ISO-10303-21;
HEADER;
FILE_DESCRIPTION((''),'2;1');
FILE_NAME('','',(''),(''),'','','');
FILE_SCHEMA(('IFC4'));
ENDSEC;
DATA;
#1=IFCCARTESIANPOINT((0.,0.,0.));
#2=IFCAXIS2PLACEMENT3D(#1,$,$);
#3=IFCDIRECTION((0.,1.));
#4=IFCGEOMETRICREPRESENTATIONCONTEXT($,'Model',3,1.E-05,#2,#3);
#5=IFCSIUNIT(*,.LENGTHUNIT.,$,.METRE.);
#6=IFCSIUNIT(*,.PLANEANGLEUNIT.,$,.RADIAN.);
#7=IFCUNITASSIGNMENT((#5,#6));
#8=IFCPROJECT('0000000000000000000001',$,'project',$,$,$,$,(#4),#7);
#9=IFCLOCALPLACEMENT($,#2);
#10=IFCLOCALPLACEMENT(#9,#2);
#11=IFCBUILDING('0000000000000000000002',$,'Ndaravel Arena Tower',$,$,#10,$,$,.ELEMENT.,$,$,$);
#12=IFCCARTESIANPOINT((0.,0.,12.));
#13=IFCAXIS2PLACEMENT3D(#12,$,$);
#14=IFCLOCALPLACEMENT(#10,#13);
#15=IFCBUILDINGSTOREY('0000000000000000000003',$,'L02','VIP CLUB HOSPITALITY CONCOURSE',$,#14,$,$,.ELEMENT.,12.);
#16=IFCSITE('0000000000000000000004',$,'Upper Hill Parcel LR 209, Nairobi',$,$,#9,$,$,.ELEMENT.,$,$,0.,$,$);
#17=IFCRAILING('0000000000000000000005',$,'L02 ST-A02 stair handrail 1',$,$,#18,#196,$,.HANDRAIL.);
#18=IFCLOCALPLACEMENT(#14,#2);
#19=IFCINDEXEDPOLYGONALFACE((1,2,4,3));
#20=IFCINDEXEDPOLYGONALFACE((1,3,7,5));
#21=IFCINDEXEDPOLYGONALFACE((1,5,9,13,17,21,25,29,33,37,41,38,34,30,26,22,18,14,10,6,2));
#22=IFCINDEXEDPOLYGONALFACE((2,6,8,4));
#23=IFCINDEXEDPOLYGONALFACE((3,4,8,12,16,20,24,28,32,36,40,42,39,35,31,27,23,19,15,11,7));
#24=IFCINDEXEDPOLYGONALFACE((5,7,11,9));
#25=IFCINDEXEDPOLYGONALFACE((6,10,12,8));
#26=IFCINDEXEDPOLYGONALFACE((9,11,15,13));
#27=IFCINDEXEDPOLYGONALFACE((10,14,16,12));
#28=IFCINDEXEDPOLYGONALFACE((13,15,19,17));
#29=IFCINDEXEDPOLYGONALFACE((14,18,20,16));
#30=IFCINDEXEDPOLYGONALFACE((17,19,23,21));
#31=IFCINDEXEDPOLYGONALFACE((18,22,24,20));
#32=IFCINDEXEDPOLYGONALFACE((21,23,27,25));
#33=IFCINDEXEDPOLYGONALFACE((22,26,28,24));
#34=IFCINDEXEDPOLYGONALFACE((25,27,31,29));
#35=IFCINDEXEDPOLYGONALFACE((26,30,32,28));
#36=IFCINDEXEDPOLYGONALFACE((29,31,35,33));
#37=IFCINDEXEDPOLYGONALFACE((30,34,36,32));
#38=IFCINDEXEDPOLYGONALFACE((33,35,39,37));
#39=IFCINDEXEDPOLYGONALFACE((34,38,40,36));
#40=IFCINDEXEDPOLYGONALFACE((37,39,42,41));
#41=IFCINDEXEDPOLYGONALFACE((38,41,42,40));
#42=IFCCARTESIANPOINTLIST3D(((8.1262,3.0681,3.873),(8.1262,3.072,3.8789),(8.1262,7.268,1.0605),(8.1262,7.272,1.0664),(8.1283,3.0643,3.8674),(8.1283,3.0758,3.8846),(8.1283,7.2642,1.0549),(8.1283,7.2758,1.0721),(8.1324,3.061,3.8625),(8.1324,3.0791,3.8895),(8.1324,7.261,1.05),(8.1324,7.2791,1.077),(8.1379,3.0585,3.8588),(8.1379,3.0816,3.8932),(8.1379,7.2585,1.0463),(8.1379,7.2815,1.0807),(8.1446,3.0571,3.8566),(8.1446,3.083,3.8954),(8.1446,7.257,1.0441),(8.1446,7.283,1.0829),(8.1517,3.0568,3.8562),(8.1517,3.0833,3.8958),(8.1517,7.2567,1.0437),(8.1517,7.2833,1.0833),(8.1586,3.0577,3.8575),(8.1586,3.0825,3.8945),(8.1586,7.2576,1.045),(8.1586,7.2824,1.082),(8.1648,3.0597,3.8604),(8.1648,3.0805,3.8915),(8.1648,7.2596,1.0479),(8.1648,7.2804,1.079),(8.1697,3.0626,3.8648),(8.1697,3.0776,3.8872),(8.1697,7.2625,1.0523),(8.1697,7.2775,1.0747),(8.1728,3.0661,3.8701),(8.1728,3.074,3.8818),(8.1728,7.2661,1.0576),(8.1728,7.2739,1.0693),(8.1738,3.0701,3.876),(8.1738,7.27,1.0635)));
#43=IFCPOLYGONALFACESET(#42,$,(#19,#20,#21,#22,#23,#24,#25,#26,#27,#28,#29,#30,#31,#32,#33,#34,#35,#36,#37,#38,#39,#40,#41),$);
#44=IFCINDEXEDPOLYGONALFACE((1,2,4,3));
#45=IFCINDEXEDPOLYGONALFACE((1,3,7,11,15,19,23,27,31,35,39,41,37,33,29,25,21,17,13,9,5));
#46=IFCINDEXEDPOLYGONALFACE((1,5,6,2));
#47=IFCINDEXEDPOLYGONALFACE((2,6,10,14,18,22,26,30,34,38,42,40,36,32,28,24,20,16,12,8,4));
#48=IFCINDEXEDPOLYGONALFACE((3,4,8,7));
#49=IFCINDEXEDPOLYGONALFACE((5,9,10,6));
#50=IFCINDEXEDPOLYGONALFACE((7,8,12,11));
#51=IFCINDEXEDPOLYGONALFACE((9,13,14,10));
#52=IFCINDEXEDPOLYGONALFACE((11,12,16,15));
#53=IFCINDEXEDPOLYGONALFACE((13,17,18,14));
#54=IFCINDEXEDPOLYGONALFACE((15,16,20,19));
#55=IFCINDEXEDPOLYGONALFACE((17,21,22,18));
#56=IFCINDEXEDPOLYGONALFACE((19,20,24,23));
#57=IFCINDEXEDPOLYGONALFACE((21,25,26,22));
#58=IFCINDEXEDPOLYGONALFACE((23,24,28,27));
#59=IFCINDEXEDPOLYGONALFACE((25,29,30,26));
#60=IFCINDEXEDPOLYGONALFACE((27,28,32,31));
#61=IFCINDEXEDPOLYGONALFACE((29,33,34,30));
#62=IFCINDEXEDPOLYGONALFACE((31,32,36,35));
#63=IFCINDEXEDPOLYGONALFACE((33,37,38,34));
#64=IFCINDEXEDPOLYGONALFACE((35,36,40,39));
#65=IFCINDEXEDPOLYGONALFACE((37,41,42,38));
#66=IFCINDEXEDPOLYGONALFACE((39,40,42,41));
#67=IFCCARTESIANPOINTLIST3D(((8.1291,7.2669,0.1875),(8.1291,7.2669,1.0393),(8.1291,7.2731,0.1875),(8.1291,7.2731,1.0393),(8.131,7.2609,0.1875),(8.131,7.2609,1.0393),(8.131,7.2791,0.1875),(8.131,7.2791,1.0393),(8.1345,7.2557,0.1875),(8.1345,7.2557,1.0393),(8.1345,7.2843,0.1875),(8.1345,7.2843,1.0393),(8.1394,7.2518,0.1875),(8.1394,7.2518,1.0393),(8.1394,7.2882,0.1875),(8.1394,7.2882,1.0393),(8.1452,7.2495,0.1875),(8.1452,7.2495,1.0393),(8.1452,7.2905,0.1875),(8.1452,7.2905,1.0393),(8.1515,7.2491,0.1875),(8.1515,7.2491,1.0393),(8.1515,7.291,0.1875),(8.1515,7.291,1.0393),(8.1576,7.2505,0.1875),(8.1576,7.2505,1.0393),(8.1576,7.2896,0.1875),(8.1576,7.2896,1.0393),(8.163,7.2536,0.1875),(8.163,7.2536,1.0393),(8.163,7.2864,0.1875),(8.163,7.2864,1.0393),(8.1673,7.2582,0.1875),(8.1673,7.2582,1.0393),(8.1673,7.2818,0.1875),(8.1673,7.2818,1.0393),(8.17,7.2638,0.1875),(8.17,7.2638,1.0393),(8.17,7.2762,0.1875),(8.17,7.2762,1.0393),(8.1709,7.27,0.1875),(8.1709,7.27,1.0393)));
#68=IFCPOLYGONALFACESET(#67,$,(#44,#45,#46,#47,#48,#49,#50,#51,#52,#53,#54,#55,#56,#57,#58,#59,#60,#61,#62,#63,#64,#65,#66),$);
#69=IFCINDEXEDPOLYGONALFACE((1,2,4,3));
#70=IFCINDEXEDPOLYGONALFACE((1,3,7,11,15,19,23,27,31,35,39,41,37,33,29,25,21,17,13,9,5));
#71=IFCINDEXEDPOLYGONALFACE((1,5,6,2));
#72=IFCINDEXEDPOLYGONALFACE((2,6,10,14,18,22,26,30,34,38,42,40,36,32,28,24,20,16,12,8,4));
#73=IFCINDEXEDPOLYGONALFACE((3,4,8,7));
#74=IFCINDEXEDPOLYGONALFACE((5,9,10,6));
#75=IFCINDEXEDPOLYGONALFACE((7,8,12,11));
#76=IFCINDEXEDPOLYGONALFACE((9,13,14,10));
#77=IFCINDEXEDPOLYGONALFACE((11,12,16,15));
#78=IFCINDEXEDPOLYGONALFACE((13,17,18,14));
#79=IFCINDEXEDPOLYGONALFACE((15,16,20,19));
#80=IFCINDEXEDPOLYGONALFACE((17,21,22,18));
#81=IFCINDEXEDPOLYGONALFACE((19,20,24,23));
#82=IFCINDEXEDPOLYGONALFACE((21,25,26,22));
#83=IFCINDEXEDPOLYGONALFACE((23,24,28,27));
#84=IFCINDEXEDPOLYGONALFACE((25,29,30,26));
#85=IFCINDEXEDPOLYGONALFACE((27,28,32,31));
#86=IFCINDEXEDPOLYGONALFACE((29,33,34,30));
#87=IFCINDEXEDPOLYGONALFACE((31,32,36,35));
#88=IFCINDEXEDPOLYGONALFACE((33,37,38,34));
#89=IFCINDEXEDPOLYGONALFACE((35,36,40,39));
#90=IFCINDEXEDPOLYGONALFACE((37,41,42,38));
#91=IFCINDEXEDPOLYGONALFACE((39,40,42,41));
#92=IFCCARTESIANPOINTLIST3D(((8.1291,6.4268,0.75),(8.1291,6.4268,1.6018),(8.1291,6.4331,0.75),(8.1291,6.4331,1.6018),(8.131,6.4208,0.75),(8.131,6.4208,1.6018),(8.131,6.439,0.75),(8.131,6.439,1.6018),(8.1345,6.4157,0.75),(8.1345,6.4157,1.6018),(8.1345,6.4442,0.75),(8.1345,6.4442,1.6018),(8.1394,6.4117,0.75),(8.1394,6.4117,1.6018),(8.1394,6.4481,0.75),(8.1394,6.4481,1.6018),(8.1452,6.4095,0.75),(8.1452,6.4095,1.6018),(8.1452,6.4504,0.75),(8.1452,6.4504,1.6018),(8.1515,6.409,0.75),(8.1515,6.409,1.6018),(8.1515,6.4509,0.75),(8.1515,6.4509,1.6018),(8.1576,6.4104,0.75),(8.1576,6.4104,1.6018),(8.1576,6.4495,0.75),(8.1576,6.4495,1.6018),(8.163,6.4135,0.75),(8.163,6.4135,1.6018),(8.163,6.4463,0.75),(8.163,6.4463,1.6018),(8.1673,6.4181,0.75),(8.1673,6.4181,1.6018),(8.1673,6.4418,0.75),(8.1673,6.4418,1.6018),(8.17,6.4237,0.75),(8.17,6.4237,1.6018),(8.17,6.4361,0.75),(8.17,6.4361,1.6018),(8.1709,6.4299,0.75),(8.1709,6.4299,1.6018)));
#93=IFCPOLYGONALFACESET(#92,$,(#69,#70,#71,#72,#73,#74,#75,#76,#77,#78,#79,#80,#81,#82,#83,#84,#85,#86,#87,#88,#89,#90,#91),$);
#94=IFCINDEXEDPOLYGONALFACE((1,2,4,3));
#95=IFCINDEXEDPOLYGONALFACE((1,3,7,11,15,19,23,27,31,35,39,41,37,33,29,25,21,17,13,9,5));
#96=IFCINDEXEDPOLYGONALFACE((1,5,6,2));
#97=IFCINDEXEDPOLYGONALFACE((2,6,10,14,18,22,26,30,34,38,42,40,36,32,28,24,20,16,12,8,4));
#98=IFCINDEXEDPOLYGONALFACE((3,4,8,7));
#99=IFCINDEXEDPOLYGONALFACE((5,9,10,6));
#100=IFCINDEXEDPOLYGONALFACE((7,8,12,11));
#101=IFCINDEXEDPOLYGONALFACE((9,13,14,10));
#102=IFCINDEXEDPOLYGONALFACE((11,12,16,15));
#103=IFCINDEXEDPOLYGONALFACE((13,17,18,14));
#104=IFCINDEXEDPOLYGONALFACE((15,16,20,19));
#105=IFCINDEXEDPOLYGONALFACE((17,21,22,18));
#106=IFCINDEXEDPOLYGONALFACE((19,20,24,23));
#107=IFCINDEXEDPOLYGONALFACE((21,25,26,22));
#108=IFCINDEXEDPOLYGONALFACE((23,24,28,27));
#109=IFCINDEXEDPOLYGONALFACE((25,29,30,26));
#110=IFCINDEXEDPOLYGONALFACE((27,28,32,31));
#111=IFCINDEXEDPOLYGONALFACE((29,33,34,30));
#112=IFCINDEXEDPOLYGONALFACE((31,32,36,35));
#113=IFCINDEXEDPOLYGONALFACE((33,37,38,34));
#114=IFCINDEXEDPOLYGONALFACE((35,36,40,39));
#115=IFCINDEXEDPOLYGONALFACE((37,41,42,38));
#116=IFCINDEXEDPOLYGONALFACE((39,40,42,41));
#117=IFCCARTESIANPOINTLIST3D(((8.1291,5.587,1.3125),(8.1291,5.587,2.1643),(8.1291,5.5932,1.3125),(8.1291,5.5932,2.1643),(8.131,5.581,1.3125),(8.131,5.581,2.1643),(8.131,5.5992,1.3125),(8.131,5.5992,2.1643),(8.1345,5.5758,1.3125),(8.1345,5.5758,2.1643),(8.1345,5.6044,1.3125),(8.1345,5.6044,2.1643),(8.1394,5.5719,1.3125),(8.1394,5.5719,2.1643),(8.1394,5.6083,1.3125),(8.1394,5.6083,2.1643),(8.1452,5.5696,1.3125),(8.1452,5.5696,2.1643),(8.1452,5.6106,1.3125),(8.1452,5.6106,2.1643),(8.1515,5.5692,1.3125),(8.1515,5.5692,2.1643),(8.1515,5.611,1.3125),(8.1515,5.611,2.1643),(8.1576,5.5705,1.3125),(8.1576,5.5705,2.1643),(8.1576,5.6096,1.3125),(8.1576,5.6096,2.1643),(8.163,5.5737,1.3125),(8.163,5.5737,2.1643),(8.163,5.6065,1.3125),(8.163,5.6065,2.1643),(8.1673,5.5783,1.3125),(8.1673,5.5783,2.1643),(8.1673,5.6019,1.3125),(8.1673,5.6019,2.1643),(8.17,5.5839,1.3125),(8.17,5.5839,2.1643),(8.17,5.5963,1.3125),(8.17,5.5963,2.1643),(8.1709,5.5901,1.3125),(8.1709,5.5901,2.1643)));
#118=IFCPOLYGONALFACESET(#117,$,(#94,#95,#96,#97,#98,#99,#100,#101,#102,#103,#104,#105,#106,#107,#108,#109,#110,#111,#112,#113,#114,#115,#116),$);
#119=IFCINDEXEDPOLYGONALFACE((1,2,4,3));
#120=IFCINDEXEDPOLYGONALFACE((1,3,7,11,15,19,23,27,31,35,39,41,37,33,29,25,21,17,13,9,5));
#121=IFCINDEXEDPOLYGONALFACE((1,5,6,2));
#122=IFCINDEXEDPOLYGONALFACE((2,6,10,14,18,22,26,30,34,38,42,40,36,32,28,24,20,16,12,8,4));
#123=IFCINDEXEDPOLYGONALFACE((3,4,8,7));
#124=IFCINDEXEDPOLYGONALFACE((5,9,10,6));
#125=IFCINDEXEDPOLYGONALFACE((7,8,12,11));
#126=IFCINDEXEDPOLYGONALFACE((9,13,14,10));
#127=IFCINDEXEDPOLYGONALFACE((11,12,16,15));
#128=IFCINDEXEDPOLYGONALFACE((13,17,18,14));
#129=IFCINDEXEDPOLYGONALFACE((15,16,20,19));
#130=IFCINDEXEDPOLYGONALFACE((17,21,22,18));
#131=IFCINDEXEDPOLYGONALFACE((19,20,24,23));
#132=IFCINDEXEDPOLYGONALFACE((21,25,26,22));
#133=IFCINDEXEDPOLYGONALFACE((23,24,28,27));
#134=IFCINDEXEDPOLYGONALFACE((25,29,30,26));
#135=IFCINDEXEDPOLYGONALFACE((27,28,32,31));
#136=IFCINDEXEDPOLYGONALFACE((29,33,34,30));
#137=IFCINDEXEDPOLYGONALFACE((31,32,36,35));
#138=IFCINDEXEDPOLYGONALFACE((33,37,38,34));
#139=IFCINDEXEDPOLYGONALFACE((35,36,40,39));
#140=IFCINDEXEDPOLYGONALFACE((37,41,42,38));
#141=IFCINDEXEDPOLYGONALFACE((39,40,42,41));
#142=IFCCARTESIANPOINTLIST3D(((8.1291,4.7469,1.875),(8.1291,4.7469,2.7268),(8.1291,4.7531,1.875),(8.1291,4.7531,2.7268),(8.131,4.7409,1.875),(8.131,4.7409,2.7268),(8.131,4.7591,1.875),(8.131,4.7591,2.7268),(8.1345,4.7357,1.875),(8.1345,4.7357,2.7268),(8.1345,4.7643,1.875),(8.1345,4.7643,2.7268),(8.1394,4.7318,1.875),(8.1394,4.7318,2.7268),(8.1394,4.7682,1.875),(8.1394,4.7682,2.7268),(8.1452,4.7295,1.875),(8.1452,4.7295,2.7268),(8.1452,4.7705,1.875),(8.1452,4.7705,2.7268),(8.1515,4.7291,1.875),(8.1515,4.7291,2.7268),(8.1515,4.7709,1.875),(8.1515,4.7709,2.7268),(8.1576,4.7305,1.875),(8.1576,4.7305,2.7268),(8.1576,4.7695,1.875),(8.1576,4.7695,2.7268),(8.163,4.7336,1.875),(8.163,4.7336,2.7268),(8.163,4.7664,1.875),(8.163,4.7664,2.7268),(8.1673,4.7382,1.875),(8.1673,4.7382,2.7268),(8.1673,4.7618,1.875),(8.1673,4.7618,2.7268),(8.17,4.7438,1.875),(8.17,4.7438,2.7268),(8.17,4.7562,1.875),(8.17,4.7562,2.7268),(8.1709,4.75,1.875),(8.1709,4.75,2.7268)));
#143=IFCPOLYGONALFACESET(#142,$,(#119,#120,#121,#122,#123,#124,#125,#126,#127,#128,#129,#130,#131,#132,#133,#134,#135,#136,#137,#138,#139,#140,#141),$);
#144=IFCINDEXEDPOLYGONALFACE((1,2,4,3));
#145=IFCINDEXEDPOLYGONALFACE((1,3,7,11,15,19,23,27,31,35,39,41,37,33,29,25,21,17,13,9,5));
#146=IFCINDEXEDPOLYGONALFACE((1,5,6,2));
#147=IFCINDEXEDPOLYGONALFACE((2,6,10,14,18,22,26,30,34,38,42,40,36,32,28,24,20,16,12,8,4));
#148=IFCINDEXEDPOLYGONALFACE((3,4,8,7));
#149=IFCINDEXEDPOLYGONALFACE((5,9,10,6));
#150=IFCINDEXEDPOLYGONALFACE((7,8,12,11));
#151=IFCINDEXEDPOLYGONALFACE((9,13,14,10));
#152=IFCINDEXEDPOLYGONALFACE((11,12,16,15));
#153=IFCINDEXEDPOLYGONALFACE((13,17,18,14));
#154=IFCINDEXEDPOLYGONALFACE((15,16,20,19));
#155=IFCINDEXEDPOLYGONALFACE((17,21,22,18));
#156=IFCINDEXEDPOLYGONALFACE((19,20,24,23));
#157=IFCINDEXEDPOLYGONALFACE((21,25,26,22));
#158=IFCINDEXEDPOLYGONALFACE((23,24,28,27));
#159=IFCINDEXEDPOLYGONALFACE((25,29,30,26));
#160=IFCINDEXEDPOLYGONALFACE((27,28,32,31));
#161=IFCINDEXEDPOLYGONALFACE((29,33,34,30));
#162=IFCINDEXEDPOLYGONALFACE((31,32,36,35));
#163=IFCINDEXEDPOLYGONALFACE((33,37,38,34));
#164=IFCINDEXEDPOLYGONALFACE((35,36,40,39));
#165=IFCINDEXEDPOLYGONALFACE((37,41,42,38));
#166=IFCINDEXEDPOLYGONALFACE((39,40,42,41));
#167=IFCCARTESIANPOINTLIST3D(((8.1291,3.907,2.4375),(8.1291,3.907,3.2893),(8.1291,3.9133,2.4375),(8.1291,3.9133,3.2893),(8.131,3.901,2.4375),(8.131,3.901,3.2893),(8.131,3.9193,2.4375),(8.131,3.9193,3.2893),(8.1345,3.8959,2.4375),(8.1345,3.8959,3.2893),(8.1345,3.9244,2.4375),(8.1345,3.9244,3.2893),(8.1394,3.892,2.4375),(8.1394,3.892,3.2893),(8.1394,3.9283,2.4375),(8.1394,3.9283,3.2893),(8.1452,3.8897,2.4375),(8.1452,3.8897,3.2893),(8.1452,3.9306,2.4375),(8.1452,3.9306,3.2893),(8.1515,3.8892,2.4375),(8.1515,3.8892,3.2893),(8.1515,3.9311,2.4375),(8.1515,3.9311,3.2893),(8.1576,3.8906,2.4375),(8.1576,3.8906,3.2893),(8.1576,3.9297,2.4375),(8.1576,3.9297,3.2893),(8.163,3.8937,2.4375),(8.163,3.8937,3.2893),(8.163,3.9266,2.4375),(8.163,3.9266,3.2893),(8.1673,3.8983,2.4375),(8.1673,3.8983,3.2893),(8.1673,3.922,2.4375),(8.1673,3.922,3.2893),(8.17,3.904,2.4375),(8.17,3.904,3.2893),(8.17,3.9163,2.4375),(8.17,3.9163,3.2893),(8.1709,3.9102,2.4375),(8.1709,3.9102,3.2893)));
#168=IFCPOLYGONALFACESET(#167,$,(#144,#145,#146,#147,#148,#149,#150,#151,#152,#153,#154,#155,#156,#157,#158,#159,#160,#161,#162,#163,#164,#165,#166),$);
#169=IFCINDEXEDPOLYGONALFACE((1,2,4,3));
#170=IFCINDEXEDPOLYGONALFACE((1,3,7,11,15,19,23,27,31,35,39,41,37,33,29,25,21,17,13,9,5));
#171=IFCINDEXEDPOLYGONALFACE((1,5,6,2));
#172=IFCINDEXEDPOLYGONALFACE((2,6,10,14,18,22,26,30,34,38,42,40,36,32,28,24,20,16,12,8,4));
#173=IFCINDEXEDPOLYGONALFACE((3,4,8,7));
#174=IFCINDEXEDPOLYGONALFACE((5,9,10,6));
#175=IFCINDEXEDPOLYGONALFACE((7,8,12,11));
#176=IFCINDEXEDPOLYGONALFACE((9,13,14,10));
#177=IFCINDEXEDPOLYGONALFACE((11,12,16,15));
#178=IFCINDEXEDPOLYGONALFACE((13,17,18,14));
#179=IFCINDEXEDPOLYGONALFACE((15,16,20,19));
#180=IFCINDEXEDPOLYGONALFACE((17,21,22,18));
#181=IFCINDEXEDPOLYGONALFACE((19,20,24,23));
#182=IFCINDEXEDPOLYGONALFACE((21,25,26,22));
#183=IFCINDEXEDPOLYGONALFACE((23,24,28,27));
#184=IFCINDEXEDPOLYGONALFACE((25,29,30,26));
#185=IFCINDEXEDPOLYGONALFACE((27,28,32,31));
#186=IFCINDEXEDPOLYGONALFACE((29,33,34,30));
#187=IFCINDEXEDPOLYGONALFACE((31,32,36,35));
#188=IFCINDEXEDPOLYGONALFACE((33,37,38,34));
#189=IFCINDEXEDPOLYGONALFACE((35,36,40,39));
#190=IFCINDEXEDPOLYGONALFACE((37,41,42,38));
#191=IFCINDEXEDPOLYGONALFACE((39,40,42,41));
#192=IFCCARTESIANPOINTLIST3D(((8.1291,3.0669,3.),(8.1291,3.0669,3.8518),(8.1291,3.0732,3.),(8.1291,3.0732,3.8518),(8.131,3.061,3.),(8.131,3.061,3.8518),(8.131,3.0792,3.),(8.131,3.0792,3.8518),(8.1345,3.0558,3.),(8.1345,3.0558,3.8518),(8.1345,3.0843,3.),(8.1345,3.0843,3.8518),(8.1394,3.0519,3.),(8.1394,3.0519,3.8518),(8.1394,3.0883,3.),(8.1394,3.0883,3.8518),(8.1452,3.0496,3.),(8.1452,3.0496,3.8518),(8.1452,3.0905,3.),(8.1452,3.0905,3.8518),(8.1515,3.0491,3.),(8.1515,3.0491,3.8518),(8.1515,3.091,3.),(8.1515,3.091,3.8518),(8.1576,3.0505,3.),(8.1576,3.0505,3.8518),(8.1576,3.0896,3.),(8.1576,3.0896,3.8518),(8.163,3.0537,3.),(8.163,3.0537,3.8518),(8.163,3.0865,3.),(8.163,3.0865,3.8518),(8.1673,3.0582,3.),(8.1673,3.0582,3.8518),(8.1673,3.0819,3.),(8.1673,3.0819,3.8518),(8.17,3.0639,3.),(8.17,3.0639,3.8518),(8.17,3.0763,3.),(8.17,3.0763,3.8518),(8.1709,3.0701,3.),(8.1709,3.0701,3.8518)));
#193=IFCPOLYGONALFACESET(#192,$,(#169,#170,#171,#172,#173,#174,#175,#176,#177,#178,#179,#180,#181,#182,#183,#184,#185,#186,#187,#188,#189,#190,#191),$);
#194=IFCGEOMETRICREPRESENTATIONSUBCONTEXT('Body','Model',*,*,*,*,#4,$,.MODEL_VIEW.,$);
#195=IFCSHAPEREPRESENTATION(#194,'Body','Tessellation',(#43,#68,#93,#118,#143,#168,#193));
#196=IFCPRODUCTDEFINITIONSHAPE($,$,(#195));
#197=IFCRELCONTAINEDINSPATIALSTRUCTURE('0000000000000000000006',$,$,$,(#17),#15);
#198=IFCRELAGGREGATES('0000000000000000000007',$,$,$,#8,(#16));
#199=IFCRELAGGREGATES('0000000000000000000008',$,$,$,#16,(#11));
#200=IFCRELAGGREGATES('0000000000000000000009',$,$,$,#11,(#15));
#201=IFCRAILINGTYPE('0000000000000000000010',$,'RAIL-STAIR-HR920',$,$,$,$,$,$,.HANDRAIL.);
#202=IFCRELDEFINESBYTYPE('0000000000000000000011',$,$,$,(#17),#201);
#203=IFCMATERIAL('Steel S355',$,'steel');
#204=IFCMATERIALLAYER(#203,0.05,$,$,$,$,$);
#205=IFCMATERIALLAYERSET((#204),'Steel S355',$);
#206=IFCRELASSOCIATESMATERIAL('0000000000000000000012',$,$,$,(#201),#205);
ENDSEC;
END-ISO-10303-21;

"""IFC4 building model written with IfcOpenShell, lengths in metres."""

from ifc_helpers import new_model, si_unit, direction, frame, origin, origin_2d, place, context, subcontext, project, spatial, circle, extrude, material, layer, layer_set, type_object, element, save


model = new_model("IFC4")

# Units and contexts
model_context = context("Model", 3, precision=1e-05, world=origin(), true_north=direction((0.0, 1.0)))
body_context = subcontext(model_context, "Body", "Model", "MODEL_VIEW")
ifc_project = project(units=[si_unit("LENGTHUNIT", "METRE"), si_unit("PLANEANGLEUNIT", "RADIAN")], contexts=[model_context])

# Site, building, storey
site_placement = place(None, origin())
site = spatial("IfcSite", under=ifc_project, at=site_placement, Name="Upper Hill Parcel LR 209, Nairobi", CompositionType="ELEMENT", RefElevation=0.0)
building_placement = place(site_placement, origin())
building = spatial("IfcBuilding", under=site, at=building_placement, Name="Ndaravel Arena Tower", CompositionType="ELEMENT")
storey_placement = place(building_placement, frame((0.0, 0.0, 12.0)))
storey = spatial("IfcBuildingStorey", under=building, at=storey_placement, Name="L02", Description="VIP CLUB HOSPITALITY CONCOURSE", CompositionType="ELEMENT", Elevation=12.0)

# Railing
ifc_material_1 = material(Name="Steel S355", Category="steel")
ifc_layer_1 = layer(ifc_material_1, 0.05)
ifc_layer_set_1 = layer_set([ifc_layer_1], Name="Steel S355")
railing_type_1 = type_object("IfcRailingType", Name="RAIL-STAIR-HR920", PredefinedType="HANDRAIL", material=ifc_layer_set_1)
railing_1_placement = place(storey_placement, frame((8.1499, 7.27, 0.1875)))
element("IfcRailing", 1, at=railing_1_placement, inside=storey, type_object=railing_type_1, Name="L02 ST-A02 stair handrail 1", PredefinedType="HANDRAIL", context=body_context, shape_type="SweptSolid", body=[
    extrude(circle(Radius=0.0239, at=origin_2d()), frame((0.0, 0.0, 0.876), z_axis=(0.0, -0.830904, 0.556416), x_axis=(1.0, 0.0, 0.0)), (0.0, 0.0, 1.0), 5.0547),
    extrude(circle(Radius=0.021, at=origin_2d()), origin(), (0.0, 0.0, 1.0), 0.8518),
    extrude(circle(Radius=0.021, at=origin_2d()), frame((0.0, -0.8401, 0.5625)), (0.0, 0.0, 1.0), 0.8518),
    extrude(circle(Radius=0.021, at=origin_2d()), frame((0.0, -1.6799, 1.125)), (0.0, 0.0, 1.0), 0.8518),
    extrude(circle(Radius=0.021, at=origin_2d()), frame((0.0, -2.52, 1.6875)), (0.0, 0.0, 1.0), 0.8518),
    extrude(circle(Radius=0.021, at=origin_2d()), frame((0.0, -3.3599, 2.25)), (0.0, 0.0, 1.0), 0.8518),
    extrude(circle(Radius=0.021, at=origin_2d()), frame((0.0, -4.2, 2.8125)), (0.0, 0.0, 1.0), 0.8518),
])

save(model, "model.ifc")
